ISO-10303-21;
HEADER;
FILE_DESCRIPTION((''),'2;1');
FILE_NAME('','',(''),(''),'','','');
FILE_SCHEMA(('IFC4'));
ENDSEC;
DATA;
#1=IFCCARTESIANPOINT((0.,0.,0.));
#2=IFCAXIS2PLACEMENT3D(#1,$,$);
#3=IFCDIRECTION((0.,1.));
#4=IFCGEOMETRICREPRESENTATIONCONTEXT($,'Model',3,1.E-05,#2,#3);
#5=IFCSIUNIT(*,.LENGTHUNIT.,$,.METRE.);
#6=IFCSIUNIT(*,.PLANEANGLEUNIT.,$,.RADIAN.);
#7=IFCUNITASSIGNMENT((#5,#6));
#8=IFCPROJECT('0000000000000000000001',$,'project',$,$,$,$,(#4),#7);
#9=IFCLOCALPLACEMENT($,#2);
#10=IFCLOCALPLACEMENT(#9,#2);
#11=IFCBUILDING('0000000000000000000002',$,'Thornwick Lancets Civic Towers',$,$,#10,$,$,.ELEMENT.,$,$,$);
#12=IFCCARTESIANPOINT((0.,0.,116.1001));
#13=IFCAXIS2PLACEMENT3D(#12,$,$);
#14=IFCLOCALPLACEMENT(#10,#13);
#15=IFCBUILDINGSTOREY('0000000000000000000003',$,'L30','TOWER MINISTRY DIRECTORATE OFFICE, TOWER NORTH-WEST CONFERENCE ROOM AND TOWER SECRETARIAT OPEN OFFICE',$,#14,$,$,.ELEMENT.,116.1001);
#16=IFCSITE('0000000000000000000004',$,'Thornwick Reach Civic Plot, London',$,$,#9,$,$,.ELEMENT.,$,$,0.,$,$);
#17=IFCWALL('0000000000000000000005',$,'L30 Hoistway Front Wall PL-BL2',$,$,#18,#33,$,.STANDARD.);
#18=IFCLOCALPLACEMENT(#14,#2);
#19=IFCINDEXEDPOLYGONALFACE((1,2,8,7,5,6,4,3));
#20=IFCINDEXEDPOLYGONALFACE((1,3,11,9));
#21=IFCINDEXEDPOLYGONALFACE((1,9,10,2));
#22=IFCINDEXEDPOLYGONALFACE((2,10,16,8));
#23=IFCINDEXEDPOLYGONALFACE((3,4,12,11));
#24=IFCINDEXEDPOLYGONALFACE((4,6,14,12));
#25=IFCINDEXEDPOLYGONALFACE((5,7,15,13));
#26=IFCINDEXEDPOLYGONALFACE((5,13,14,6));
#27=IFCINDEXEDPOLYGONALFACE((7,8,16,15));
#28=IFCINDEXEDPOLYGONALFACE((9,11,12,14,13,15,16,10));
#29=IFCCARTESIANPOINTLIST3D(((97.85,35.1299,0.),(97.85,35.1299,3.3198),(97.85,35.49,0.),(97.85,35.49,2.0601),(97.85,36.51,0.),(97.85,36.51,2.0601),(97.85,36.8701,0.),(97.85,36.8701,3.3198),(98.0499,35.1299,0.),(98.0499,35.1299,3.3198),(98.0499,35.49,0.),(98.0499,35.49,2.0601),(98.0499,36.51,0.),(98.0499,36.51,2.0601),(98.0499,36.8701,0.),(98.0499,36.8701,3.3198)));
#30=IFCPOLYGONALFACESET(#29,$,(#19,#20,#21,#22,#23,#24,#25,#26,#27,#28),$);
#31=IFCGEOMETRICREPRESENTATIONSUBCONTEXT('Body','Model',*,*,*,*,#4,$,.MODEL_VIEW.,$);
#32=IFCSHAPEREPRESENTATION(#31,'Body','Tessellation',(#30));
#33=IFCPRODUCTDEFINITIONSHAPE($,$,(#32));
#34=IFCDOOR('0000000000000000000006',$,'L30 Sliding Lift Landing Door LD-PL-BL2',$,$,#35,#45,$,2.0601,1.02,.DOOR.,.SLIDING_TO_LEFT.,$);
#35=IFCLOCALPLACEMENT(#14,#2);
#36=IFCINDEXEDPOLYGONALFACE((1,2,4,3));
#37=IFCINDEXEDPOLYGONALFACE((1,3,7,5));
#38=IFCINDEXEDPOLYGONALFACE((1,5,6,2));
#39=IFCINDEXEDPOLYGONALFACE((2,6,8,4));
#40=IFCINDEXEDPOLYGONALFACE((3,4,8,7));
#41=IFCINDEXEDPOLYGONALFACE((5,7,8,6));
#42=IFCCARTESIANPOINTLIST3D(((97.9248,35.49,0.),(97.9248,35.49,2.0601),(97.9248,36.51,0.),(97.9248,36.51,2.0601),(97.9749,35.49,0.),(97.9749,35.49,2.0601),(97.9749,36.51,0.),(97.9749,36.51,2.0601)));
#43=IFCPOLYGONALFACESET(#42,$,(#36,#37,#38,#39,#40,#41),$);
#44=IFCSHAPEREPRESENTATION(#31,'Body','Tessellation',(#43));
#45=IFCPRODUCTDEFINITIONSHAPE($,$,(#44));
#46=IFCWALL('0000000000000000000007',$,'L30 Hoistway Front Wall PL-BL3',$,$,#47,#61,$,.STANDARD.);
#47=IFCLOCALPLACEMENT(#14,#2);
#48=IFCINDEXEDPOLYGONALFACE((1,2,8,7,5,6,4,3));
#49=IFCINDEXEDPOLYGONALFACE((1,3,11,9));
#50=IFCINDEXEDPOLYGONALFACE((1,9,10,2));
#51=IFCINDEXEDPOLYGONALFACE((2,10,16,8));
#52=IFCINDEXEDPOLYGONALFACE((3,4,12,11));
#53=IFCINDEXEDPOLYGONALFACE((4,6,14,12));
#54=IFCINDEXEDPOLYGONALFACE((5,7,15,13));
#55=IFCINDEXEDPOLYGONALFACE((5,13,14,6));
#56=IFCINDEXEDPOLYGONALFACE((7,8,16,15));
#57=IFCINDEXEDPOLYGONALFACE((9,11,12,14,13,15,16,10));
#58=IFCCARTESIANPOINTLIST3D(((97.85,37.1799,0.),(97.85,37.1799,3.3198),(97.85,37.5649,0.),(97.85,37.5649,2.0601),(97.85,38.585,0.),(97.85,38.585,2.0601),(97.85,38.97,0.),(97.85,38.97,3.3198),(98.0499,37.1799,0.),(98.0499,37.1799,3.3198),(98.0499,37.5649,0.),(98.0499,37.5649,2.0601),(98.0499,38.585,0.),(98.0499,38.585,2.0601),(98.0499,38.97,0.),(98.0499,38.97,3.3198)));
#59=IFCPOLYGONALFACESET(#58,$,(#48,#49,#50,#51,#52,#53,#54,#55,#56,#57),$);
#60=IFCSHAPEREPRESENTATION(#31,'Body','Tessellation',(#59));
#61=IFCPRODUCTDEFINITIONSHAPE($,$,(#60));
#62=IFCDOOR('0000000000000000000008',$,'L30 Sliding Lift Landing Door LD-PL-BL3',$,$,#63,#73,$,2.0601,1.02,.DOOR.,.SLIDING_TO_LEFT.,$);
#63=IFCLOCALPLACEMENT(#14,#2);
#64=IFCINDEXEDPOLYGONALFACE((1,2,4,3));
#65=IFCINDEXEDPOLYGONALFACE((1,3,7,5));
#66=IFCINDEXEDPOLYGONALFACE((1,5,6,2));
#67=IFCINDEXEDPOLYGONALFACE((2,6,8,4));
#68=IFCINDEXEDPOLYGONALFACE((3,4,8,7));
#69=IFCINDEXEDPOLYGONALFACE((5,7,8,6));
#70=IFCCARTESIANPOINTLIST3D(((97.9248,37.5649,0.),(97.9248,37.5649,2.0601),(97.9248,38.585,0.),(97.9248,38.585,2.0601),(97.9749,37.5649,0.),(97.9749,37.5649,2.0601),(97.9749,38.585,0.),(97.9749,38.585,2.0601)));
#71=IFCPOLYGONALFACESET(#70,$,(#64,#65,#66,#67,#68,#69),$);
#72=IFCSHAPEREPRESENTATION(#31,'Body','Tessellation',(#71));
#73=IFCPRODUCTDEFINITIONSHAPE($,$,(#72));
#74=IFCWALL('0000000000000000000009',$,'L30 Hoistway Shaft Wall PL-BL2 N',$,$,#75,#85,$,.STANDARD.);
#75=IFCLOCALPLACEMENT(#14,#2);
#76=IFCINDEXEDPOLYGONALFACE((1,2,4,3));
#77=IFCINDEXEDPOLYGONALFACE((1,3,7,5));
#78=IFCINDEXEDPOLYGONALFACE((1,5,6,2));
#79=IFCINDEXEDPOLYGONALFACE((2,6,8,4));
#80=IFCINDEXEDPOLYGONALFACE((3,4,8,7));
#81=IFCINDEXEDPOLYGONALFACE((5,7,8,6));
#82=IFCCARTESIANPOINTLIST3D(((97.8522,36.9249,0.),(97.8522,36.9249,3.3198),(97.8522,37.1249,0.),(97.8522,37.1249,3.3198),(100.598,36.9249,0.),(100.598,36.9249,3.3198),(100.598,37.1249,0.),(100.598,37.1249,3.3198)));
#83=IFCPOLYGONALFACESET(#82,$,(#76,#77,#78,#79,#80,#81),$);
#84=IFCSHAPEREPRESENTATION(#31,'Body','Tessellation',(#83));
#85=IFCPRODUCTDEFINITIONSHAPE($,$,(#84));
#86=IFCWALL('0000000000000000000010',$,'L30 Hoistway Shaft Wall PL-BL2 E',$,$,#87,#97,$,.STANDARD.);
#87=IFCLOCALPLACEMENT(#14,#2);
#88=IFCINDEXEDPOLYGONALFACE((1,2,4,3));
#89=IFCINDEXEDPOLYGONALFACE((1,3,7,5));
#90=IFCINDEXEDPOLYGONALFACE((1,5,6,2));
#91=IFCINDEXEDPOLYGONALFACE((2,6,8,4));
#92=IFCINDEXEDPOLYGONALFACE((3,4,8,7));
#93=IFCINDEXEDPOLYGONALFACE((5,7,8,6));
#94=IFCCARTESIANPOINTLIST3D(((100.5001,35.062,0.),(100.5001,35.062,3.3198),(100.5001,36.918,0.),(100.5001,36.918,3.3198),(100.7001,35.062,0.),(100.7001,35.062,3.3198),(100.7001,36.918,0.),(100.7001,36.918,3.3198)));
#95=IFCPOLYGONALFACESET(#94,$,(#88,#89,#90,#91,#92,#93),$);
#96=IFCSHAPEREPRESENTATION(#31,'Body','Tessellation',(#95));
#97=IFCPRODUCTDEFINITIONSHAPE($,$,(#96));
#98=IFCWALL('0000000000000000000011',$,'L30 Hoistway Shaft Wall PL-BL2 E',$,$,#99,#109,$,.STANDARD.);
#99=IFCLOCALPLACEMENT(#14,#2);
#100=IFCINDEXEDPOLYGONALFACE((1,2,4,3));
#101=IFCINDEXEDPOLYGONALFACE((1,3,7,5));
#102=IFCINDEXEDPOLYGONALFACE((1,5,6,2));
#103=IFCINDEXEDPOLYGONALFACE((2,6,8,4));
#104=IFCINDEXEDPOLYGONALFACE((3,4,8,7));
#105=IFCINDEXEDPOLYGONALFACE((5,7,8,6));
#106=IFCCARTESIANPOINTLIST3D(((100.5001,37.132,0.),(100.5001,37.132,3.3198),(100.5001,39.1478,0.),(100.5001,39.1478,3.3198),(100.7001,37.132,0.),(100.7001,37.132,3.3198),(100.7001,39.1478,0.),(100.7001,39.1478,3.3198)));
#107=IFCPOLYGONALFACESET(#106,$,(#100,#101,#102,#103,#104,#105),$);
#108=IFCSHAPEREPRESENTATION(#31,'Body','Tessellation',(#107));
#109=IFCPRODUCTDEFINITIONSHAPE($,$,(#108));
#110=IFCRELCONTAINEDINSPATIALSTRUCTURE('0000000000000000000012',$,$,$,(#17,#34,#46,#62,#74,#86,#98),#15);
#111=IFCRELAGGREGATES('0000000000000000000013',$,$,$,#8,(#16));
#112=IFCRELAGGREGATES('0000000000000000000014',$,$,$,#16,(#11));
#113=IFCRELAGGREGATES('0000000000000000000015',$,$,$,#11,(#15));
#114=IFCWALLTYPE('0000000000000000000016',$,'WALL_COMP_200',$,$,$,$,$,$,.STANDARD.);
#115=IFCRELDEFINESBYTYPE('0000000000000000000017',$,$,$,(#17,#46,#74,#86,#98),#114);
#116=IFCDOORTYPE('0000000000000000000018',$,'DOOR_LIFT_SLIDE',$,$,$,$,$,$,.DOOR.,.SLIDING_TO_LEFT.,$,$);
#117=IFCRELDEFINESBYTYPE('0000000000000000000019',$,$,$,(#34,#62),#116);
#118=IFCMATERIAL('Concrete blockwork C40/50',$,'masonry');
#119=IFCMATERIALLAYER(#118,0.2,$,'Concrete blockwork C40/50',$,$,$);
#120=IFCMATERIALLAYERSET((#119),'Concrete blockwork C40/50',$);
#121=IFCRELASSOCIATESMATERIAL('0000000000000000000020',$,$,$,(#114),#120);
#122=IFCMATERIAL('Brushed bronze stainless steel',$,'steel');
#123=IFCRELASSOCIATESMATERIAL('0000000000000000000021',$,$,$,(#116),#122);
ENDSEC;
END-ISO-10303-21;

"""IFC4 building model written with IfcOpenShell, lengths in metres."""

from ifc_helpers import new_model, si_unit, direction, frame, frame_2d, origin, place, context, subcontext, project, spatial, rectangle, extrude, material, layer, layer_set, type_object, element, fill, save


model = new_model("IFC4")

# Units and contexts
model_context = context("Model", 3, precision=1e-05, world=origin(), true_north=direction((0.0, 1.0)))
body_context = subcontext(model_context, "Body", "Model", "MODEL_VIEW")
ifc_project = project(units=[si_unit("LENGTHUNIT", "METRE"), si_unit("PLANEANGLEUNIT", "RADIAN")], contexts=[model_context])

# Site, building, storey
site_placement = place(None, origin())
site = spatial("IfcSite", under=ifc_project, at=site_placement, Name="Thornwick Reach Civic Plot, London", CompositionType="ELEMENT", RefElevation=0.0)
building_placement = place(site_placement, origin())
building = spatial("IfcBuilding", under=site, at=building_placement, Name="Thornwick Lancets Civic Towers", CompositionType="ELEMENT")
storey_placement = place(building_placement, frame((0.0, 0.0, 116.1001)))
storey = spatial("IfcBuildingStorey", under=building, at=storey_placement, Name="L30", Description="TOWER MINISTRY DIRECTORATE OFFICE, TOWER NORTH-WEST CONFERENCE ROOM AND TOWER SECRETARIAT OPEN OFFICE", CompositionType="ELEMENT", Elevation=116.1001)

# Shared definitions
ifc_material_1 = material(Name="Concrete blockwork C40/50", Category="masonry")
ifc_layer_1 = layer(ifc_material_1, 0.2, Name="Concrete blockwork C40/50")
ifc_layer_set_1 = layer_set([ifc_layer_1], Name="Concrete blockwork C40/50")
wall_type = type_object("IfcWallType", Name="WALL_COMP_200", PredefinedType="STANDARD", material=ifc_layer_set_1)
ifc_material_2 = material(Name="Brushed bronze stainless steel", Category="steel")
door_type = type_object("IfcDoorType", Name="DOOR_LIFT_SLIDE", OperationType="SLIDING_TO_LEFT", PredefinedType="DOOR", material=ifc_material_2)

# Walls, openings, doors
wall_1_placement = place(storey_placement, frame((97.95, 36.8701, 0.0), z_axis=(0.0, 0.0, 1.0), x_axis=(0.0, -1.0, 0.0)))
wall_1 = element("IfcWall", 1, at=wall_1_placement, inside=storey, type_object=wall_type, Name="L30 Hoistway Front Wall PL-BL2", PredefinedType="STANDARD", context=body_context, shape_type="SweptSolid", body=[
    extrude(rectangle(XDim=1.7402, YDim=0.2, at=frame_2d((0.8701, 0.0))), origin(), (0.0, 0.0, 1.0), 3.3198),
])
opening_1_placement = place(wall_1_placement, frame((0.3601, 0.0, 0.0)))
opening_1 = element("IfcOpeningElement", 2, at=opening_1_placement, cuts=wall_1, PredefinedType="OPENING", context=body_context, shape_type="SweptSolid", body=[
    extrude(rectangle(XDim=1.02, YDim=2.0601, at=frame_2d((0.51, 1.03))), frame((0.0, 0.1099, 0.0), z_axis=(0.0, -1.0, 0.0), x_axis=(1.0, 0.0, 0.0)), (0.0, 0.0, 1.0), 0.22),
])
door_1_placement = place(opening_1_placement, origin())
door_1 = element("IfcDoor", 3, at=door_1_placement, inside=storey, type_object=door_type, Name="L30 Sliding Lift Landing Door LD-PL-BL2", OperationType="SLIDING_TO_LEFT", OverallHeight=2.0601, OverallWidth=1.02, PredefinedType="DOOR", context=body_context, shape_type="SweptSolid", body=[
    extrude(rectangle(XDim=1.02, YDim=2.0601, at=frame_2d((0.51, 1.03))), frame((0.0, 0.0249, 0.0), z_axis=(0.0, -1.0, 0.0), x_axis=(1.0, 0.0, 0.0)), (0.0, 0.0, 1.0), 0.05),
])
fill(opening_1, door_1)
wall_2_placement = place(storey_placement, frame((97.95, 38.97, 0.0), z_axis=(0.0, 0.0, 1.0), x_axis=(0.0, -1.0, 0.0)))
wall_2 = element("IfcWall", 4, at=wall_2_placement, inside=storey, type_object=wall_type, Name="L30 Hoistway Front Wall PL-BL3", PredefinedType="STANDARD", context=body_context, shape_type="SweptSolid", body=[
    extrude(rectangle(XDim=1.79, YDim=0.2, at=frame_2d((0.895, 0.0))), origin(), (0.0, 0.0, 1.0), 3.3198),
])
opening_2_placement = place(wall_2_placement, frame((0.385, 0.0, 0.0)))
opening_2 = element("IfcOpeningElement", 5, at=opening_2_placement, cuts=wall_2, PredefinedType="OPENING", context=body_context, shape_type="SweptSolid", body=[
    extrude(rectangle(XDim=1.02, YDim=2.0601, at=frame_2d((0.51, 1.03))), frame((0.0, 0.1099, 0.0), z_axis=(0.0, -1.0, 0.0), x_axis=(1.0, 0.0, 0.0)), (0.0, 0.0, 1.0), 0.22),
])
door_2_placement = place(opening_2_placement, origin())
door_2 = element("IfcDoor", 6, at=door_2_placement, inside=storey, type_object=door_type, Name="L30 Sliding Lift Landing Door LD-PL-BL3", OperationType="SLIDING_TO_LEFT", OverallHeight=2.0601, OverallWidth=1.02, PredefinedType="DOOR", context=body_context, shape_type="SweptSolid", body=[
    extrude(rectangle(XDim=1.02, YDim=2.0601, at=frame_2d((0.51, 1.03))), frame((0.0, 0.0249, 0.0), z_axis=(0.0, -1.0, 0.0), x_axis=(1.0, 0.0, 0.0)), (0.0, 0.0, 1.0), 0.05),
])
fill(opening_2, door_2)

# Walls
wall_3_placement = place(storey_placement, frame((97.8521, 37.0249, 0.0), z_axis=(0.0, 0.0, 1.0), x_axis=(1.0, 0.0, 0.0)))
element("IfcWall", 7, at=wall_3_placement, inside=storey, type_object=wall_type, Name="L30 Hoistway Shaft Wall PL-BL2 N", PredefinedType="STANDARD", context=body_context, shape_type="SweptSolid", body=[
    extrude(rectangle(XDim=2.7458, YDim=0.2, at=frame_2d((1.373, 0.0))), origin(), (0.0, 0.0, 1.0), 3.3198),
])
wall_4_placement = place(storey_placement, frame((100.6001, 35.062, 0.0), z_axis=(0.0, 0.0, 1.0), x_axis=(0.0, 1.0, 0.0)))
element("IfcWall", 8, at=wall_4_placement, inside=storey, type_object=wall_type, Name="L30 Hoistway Shaft Wall PL-BL2 E", PredefinedType="STANDARD", context=body_context, shape_type="SweptSolid", body=[
    extrude(rectangle(XDim=1.856, YDim=0.2, at=frame_2d((0.928, 0.0))), origin(), (0.0, 0.0, 1.0), 3.3198),
])
wall_5_placement = place(storey_placement, frame((100.6001, 37.1321, 0.0), z_axis=(0.0, 0.0, 1.0), x_axis=(0.0, 1.0, 0.0)))
element("IfcWall", 9, at=wall_5_placement, inside=storey, type_object=wall_type, Name="L30 Hoistway Shaft Wall PL-BL2 E", PredefinedType="STANDARD", context=body_context, shape_type="SweptSolid", body=[
    extrude(rectangle(XDim=2.0159, YDim=0.2, at=frame_2d((1.0078, 0.0))), origin(), (0.0, 0.0, 1.0), 3.3198),
])

save(model, "model.ifc")
